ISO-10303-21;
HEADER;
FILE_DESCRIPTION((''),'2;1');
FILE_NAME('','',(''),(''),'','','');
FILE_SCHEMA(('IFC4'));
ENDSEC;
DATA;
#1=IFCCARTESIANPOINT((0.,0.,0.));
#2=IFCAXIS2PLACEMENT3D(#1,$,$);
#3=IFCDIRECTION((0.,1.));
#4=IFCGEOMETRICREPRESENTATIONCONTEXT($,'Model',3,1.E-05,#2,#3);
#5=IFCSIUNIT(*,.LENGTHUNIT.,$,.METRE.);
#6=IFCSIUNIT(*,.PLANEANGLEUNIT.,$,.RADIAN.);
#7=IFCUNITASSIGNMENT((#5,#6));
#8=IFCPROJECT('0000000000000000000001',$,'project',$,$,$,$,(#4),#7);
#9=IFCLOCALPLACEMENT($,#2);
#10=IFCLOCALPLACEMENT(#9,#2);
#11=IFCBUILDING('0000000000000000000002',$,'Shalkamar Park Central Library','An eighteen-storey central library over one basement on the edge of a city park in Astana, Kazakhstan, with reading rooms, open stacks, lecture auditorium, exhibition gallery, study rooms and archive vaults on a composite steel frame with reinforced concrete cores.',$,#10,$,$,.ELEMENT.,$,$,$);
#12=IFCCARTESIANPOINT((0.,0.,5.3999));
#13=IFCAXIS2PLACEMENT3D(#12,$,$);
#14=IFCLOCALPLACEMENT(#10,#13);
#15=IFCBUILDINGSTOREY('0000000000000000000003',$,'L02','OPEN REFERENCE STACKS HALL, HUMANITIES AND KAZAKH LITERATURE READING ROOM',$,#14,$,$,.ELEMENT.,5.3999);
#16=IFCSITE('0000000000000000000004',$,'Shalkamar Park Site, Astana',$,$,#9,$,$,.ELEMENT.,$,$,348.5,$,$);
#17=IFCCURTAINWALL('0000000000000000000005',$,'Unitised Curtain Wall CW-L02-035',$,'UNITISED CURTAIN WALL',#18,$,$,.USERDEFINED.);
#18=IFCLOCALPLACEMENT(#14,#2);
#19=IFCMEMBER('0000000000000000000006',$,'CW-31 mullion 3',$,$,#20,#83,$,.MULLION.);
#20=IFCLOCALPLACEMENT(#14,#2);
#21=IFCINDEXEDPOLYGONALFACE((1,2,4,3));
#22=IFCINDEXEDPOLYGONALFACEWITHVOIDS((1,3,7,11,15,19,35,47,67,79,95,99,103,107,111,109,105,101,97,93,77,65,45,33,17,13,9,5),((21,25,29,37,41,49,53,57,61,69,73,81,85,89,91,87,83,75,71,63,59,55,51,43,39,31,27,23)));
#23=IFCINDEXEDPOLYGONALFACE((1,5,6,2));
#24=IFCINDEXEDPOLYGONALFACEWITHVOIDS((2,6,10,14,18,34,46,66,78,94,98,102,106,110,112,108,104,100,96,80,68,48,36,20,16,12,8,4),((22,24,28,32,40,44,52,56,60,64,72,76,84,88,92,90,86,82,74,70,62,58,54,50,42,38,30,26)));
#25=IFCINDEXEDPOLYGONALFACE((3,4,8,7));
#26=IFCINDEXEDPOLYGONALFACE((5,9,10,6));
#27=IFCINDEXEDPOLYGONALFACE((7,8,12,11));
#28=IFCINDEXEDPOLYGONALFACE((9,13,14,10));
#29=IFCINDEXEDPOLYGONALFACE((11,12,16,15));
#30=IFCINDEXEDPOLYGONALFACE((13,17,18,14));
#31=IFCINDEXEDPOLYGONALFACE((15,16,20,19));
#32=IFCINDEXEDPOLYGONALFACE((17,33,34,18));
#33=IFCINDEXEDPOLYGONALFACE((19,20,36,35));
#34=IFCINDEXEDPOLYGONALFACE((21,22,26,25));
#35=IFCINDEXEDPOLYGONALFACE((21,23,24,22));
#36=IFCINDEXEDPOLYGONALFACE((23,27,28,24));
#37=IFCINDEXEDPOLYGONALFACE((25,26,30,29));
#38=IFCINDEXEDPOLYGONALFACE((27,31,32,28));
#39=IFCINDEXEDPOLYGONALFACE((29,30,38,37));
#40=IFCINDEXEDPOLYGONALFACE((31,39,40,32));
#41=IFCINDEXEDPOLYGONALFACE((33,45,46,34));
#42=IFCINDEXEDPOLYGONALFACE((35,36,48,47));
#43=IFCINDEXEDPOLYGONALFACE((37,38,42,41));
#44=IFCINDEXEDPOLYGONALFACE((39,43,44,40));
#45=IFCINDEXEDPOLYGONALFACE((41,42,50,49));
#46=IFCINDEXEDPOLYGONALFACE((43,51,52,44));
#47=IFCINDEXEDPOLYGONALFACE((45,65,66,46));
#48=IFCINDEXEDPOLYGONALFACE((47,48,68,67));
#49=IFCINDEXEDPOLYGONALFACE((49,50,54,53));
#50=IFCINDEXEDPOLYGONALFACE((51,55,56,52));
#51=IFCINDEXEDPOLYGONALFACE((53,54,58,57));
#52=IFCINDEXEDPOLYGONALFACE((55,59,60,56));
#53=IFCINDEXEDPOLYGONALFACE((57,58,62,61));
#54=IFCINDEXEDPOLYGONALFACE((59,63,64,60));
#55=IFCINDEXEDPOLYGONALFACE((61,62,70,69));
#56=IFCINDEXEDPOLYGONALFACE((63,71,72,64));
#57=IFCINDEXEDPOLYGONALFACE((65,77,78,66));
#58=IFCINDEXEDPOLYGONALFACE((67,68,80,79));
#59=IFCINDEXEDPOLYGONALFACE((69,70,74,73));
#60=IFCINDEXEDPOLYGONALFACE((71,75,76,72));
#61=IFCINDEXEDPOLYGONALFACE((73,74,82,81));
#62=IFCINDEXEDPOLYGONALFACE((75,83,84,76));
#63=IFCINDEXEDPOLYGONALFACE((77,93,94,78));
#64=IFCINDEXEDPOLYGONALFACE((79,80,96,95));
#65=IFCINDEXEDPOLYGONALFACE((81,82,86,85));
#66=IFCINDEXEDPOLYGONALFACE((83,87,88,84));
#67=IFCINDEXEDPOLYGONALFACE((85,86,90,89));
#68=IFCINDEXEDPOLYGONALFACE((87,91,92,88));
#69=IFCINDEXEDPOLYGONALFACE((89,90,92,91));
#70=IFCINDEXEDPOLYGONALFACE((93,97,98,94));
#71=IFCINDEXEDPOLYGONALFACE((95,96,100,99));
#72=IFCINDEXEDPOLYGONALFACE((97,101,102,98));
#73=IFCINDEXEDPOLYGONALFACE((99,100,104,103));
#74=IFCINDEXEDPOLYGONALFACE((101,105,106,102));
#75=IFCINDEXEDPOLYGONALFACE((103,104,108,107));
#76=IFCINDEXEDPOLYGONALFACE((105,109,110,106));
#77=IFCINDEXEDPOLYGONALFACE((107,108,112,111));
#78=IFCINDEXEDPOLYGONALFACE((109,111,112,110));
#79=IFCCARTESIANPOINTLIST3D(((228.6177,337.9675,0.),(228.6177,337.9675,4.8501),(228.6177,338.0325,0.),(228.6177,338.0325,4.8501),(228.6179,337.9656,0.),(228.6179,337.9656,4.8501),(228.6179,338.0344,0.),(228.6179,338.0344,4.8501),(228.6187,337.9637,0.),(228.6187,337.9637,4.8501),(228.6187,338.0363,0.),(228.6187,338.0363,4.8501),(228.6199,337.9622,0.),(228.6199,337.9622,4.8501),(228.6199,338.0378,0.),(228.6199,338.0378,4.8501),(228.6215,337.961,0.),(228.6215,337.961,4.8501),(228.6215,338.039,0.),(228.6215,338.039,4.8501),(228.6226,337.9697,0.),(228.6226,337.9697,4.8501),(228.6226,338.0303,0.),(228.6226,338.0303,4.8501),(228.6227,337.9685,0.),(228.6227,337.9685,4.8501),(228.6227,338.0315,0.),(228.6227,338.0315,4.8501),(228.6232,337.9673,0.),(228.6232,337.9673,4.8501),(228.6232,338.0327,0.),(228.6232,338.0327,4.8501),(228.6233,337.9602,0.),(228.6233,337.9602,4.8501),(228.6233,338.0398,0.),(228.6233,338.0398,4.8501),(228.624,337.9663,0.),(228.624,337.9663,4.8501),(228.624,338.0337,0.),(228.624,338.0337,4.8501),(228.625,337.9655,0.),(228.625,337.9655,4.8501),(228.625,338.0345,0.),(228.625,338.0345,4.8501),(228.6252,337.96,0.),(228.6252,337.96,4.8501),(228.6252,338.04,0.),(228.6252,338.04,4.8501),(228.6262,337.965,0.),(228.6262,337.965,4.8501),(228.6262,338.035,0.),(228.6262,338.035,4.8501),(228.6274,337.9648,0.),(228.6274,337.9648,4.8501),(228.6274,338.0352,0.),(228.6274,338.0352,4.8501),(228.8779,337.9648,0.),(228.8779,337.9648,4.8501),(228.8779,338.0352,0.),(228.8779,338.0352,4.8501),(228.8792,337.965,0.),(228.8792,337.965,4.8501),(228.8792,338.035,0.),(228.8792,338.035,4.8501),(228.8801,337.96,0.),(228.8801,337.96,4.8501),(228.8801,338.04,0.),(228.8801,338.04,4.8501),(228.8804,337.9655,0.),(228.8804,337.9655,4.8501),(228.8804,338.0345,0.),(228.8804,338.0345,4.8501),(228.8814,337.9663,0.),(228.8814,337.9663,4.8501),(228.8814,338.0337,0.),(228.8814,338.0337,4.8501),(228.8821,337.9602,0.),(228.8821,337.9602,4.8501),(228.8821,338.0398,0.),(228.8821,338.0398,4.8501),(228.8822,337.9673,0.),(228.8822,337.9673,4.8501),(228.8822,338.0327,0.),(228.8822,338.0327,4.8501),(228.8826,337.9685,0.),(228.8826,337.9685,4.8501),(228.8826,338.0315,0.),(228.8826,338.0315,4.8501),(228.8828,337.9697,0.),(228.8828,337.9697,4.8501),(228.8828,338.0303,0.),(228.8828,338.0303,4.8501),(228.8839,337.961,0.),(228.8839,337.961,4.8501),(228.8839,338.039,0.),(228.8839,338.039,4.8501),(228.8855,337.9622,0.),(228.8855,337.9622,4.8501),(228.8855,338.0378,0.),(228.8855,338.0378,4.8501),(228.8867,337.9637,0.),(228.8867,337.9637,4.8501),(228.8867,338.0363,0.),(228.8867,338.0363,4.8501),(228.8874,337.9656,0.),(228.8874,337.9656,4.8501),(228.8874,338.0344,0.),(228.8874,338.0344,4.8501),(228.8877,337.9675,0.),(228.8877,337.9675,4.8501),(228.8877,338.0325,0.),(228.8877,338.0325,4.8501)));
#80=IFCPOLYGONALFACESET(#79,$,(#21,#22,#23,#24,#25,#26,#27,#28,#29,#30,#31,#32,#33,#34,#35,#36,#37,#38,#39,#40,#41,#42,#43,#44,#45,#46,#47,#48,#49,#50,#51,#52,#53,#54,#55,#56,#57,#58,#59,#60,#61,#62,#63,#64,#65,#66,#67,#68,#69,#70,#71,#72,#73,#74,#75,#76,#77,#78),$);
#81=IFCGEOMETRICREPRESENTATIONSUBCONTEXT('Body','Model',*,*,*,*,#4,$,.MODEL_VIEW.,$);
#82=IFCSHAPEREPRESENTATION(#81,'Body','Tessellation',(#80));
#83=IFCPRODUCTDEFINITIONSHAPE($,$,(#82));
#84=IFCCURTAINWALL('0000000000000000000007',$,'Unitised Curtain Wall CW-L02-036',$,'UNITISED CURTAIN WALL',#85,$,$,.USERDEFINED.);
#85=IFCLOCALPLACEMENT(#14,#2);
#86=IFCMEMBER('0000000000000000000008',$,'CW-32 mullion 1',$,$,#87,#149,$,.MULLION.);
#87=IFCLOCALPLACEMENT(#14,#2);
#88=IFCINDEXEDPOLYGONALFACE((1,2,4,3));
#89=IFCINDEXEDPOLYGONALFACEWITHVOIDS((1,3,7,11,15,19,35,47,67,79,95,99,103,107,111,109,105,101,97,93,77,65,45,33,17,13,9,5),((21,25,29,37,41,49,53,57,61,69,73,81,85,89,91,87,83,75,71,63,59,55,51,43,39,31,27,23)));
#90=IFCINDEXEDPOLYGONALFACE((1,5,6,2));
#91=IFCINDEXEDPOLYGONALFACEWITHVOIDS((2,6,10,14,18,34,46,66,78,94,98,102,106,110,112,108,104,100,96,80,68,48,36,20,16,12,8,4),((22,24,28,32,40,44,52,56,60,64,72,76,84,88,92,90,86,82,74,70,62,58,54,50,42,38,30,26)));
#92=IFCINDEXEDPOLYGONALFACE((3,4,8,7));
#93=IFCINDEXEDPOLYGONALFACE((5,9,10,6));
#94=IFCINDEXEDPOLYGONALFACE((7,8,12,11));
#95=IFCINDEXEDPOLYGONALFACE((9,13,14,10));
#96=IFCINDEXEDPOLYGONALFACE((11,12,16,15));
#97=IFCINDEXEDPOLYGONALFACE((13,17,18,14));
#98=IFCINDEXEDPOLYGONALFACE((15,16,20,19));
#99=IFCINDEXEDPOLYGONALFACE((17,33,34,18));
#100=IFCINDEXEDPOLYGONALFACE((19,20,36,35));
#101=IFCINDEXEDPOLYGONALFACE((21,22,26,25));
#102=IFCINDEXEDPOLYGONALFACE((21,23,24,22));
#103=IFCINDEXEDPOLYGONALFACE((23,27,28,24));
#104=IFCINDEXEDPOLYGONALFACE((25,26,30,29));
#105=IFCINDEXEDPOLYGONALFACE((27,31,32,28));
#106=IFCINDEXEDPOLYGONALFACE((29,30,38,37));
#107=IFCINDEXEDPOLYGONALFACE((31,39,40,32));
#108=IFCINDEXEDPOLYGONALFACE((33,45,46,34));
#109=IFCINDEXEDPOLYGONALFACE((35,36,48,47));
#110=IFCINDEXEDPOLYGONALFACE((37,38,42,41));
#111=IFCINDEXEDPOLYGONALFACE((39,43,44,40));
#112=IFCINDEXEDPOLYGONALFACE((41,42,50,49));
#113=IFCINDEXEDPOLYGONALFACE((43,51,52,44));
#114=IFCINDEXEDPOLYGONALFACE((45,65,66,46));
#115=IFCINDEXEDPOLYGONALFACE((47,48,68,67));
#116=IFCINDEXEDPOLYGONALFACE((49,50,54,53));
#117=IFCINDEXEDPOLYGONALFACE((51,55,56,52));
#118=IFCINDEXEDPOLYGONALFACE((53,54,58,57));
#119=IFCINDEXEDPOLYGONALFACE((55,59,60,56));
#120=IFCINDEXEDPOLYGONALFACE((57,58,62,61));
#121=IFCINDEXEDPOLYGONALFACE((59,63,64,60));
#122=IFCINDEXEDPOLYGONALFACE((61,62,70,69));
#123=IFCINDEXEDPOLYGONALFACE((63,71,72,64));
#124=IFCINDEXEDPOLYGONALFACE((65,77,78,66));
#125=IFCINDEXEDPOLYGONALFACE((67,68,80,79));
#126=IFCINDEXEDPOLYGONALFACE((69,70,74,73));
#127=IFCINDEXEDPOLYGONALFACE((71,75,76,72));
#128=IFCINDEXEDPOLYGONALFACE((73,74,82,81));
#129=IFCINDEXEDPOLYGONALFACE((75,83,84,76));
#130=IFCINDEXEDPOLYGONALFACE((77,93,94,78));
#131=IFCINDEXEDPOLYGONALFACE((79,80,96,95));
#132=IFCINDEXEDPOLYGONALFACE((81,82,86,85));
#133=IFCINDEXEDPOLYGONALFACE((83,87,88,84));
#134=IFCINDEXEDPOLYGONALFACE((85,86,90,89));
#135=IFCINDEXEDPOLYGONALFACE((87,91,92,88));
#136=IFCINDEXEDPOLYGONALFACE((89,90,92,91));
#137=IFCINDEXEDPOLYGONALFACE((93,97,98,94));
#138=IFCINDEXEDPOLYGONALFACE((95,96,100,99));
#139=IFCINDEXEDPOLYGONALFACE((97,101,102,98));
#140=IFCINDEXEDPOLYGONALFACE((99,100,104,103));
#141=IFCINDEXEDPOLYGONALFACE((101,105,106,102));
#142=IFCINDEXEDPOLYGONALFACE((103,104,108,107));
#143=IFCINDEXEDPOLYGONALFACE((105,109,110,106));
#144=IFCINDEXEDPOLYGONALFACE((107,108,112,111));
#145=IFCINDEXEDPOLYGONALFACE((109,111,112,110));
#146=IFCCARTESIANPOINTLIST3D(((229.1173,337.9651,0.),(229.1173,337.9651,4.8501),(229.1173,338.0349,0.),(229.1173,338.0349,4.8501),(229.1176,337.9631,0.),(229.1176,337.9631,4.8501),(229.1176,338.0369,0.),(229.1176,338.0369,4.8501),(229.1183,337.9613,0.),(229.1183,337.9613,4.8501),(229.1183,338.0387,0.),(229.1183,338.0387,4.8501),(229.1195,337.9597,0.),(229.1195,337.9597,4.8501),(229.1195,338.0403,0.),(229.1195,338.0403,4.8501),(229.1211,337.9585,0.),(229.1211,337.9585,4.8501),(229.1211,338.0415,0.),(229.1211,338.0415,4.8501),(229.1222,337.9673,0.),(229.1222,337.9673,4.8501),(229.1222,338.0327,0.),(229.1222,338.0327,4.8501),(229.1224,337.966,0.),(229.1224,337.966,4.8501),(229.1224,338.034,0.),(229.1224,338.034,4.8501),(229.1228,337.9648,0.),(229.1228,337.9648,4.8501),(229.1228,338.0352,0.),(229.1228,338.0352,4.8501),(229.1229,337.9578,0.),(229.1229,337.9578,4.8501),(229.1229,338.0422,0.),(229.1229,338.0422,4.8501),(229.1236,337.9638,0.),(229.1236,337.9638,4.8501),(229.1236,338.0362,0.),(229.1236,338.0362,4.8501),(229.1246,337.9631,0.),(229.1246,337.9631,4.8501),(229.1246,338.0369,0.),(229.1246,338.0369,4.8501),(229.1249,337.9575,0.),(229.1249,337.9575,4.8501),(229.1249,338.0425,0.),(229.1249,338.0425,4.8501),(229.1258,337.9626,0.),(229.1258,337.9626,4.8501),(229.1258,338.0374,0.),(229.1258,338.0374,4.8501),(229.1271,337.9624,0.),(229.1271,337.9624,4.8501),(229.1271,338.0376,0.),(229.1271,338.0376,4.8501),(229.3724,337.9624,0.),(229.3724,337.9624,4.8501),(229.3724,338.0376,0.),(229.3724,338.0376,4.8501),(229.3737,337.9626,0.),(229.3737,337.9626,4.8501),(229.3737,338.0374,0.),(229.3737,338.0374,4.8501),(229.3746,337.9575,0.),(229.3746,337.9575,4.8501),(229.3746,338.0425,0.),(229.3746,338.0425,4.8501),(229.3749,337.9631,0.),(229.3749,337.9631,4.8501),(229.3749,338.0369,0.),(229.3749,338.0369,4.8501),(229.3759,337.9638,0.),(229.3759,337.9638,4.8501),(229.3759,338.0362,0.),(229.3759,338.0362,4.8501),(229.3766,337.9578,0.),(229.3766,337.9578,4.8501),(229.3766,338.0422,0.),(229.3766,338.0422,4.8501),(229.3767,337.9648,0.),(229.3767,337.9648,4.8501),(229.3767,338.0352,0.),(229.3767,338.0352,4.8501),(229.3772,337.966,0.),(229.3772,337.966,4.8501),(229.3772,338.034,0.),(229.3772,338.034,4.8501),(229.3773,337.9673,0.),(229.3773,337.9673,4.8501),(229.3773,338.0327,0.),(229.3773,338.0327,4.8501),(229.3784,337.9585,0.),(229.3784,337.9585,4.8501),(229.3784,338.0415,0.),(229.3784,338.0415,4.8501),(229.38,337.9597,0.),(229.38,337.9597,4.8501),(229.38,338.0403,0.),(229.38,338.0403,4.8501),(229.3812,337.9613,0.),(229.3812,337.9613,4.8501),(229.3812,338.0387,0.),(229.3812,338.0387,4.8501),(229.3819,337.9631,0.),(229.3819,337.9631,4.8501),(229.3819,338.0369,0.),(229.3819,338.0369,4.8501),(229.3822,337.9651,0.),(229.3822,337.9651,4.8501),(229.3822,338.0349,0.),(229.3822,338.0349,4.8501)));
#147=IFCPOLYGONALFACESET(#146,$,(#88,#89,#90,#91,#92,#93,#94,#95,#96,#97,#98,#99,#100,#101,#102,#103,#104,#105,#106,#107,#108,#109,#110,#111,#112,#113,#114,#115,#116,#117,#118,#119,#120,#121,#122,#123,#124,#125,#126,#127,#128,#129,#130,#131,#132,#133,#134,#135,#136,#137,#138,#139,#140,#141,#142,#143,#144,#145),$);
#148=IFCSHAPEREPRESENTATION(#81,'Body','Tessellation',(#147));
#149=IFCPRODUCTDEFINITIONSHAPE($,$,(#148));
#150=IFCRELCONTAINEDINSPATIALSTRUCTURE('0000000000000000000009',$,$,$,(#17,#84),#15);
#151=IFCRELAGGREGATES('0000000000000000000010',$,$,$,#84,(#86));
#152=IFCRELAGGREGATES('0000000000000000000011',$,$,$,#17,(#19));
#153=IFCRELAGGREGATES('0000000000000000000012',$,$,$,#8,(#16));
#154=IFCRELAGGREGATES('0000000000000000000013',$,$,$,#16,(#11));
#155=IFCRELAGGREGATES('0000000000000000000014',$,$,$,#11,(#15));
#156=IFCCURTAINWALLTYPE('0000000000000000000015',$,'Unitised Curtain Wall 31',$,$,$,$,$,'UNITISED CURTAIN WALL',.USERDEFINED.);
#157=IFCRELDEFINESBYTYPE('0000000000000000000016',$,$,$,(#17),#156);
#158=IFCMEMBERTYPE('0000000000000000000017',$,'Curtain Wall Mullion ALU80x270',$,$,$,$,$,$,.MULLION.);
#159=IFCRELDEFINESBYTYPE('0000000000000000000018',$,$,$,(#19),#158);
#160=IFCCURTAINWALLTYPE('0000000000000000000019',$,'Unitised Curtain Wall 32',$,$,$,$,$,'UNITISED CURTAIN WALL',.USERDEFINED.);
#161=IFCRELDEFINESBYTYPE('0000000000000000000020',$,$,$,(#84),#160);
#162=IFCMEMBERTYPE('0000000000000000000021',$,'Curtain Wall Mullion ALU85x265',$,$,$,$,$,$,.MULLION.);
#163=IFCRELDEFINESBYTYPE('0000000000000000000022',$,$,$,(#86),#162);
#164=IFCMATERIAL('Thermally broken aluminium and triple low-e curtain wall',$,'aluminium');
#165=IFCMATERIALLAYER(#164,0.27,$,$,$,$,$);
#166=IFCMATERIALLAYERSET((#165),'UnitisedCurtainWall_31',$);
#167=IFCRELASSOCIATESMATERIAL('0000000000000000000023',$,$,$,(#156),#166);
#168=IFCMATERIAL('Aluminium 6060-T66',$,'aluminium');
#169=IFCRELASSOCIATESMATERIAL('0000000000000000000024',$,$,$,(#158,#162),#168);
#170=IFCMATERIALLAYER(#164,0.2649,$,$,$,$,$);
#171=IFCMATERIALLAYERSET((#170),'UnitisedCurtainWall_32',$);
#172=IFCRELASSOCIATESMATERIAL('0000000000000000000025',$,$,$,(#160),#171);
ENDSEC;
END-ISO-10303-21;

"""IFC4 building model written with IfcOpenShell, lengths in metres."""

from ifc_helpers import new_model, si_unit, direction, frame, origin, origin_2d, place, context, subcontext, project, spatial, hollow_rectangle, extrude, material, layer, layer_set, material_profile, profile_set, type_object, element, aggregate, save


model = new_model("IFC4")

# Units and contexts
model_context = context("Model", 3, precision=1e-05, world=origin(), true_north=direction((0.0, 1.0)))
body_context = subcontext(model_context, "Body", "Model", "MODEL_VIEW")
ifc_project = project(units=[si_unit("LENGTHUNIT", "METRE"), si_unit("PLANEANGLEUNIT", "RADIAN")], contexts=[model_context])

# Site, building, storey
site_placement = place(None, origin())
site = spatial("IfcSite", under=ifc_project, at=site_placement, Name="Shalkamar Park Site, Astana", CompositionType="ELEMENT", RefElevation=348.5)
building_placement = place(site_placement, origin())
building = spatial("IfcBuilding", under=site, at=building_placement, Name="Shalkamar Park Central Library", Description="An eighteen-storey central library over one basement on the edge of a city park in Astana, Kazakhstan, with reading rooms, open stacks, lecture auditorium, exhibition gallery, study rooms and archive vaults on a composite steel frame with reinforced concrete cores.", CompositionType="ELEMENT")
storey_placement = place(building_placement, frame((0.0, 0.0, 5.3999)))
storey = spatial("IfcBuildingStorey", under=building, at=storey_placement, Name="L02", Description="OPEN REFERENCE STACKS HALL, HUMANITIES AND KAZAKH LITERATURE READING ROOM", CompositionType="ELEMENT", Elevation=5.3999)

# Curtain wall, member
ifc_material_1 = material(Name="Thermally broken aluminium and triple low-e curtain wall", Category="aluminium")
ifc_layer_1 = layer(ifc_material_1, 0.27)
ifc_layer_set_1 = layer_set([ifc_layer_1], Name="UnitisedCurtainWall_31")
curtain_wall_type_1 = type_object("IfcCurtainWallType", Name="Unitised Curtain Wall 31", ElementType="UNITISED CURTAIN WALL", PredefinedType="USERDEFINED", material=ifc_layer_set_1)
curtain_wall_1_placement = place(storey_placement, origin())
curtain_wall_1 = element("IfcCurtainWall", 1, at=curtain_wall_1_placement, inside=storey, type_object=curtain_wall_type_1, Name="Unitised Curtain Wall CW-L02-035", ObjectType="UNITISED CURTAIN WALL", PredefinedType="USERDEFINED")
ifc_material_2 = material(Name="Aluminium 6060-T66", Category="aluminium")
ifc_material_profile_1 = material_profile(ifc_material_2, hollow_rectangle(XDim=0.0801, YDim=0.27, WallThickness=0.0049, InnerFilletRadius=0.0049, OuterFilletRadius=0.0076, at=origin_2d()), Name="ALU 80x270x5")
ifc_profile_set_1 = profile_set([ifc_material_profile_1], Name="Aluminium 6060-T66")
member_type_1 = type_object("IfcMemberType", Name="Curtain Wall Mullion ALU80x270", PredefinedType="MULLION", material=ifc_profile_set_1)
member_1_placement = place(storey_placement, frame((228.7527, 338.0, 0.0), z_axis=(0.0, 0.0, 1.0), x_axis=(0.0, 1.0, 0.0)))
member_1 = element("IfcMember", 2, at=member_1_placement, type_object=member_type_1, Name="CW-31 mullion 3", PredefinedType="MULLION", context=body_context, shape_type="SweptSolid", body=[
    extrude(hollow_rectangle(XDim=0.0801, YDim=0.27, WallThickness=0.0049, InnerFilletRadius=0.0049, OuterFilletRadius=0.0076, at=origin_2d()), origin(), (0.0, 0.0, 1.0), 4.8501),
])

# Curtain wall, member
ifc_layer_2 = layer(ifc_material_1, 0.2649)
ifc_layer_set_2 = layer_set([ifc_layer_2], Name="UnitisedCurtainWall_32")
curtain_wall_type_2 = type_object("IfcCurtainWallType", Name="Unitised Curtain Wall 32", ElementType="UNITISED CURTAIN WALL", PredefinedType="USERDEFINED", material=ifc_layer_set_2)
curtain_wall_2_placement = place(storey_placement, origin())
curtain_wall_2 = element("IfcCurtainWall", 3, at=curtain_wall_2_placement, inside=storey, type_object=curtain_wall_type_2, Name="Unitised Curtain Wall CW-L02-036", ObjectType="UNITISED CURTAIN WALL", PredefinedType="USERDEFINED")
ifc_material_profile_2 = material_profile(ifc_material_2, hollow_rectangle(XDim=0.085, YDim=0.2649, WallThickness=0.0049, InnerFilletRadius=0.0049, OuterFilletRadius=0.0076, at=origin_2d()), Name="ALU 85x265x5")
ifc_profile_set_2 = profile_set([ifc_material_profile_2], Name="Aluminium 6060-T66")
member_type_2 = type_object("IfcMemberType", Name="Curtain Wall Mullion ALU85x265", PredefinedType="MULLION", material=ifc_profile_set_2)
member_2_placement = place(storey_placement, frame((229.2498, 338.0, 0.0), z_axis=(0.0, 0.0, 1.0), x_axis=(0.0, 1.0, 0.0)))
member_2 = element("IfcMember", 4, at=member_2_placement, type_object=member_type_2, Name="CW-32 mullion 1", PredefinedType="MULLION", context=body_context, shape_type="SweptSolid", body=[
    extrude(hollow_rectangle(XDim=0.085, YDim=0.2649, WallThickness=0.0049, InnerFilletRadius=0.0049, OuterFilletRadius=0.0076, at=origin_2d()), origin(), (0.0, 0.0, 1.0), 4.8501),
])

aggregate(curtain_wall_2, [member_2])

aggregate(curtain_wall_1, [member_1])

save(model, "model.ifc")
